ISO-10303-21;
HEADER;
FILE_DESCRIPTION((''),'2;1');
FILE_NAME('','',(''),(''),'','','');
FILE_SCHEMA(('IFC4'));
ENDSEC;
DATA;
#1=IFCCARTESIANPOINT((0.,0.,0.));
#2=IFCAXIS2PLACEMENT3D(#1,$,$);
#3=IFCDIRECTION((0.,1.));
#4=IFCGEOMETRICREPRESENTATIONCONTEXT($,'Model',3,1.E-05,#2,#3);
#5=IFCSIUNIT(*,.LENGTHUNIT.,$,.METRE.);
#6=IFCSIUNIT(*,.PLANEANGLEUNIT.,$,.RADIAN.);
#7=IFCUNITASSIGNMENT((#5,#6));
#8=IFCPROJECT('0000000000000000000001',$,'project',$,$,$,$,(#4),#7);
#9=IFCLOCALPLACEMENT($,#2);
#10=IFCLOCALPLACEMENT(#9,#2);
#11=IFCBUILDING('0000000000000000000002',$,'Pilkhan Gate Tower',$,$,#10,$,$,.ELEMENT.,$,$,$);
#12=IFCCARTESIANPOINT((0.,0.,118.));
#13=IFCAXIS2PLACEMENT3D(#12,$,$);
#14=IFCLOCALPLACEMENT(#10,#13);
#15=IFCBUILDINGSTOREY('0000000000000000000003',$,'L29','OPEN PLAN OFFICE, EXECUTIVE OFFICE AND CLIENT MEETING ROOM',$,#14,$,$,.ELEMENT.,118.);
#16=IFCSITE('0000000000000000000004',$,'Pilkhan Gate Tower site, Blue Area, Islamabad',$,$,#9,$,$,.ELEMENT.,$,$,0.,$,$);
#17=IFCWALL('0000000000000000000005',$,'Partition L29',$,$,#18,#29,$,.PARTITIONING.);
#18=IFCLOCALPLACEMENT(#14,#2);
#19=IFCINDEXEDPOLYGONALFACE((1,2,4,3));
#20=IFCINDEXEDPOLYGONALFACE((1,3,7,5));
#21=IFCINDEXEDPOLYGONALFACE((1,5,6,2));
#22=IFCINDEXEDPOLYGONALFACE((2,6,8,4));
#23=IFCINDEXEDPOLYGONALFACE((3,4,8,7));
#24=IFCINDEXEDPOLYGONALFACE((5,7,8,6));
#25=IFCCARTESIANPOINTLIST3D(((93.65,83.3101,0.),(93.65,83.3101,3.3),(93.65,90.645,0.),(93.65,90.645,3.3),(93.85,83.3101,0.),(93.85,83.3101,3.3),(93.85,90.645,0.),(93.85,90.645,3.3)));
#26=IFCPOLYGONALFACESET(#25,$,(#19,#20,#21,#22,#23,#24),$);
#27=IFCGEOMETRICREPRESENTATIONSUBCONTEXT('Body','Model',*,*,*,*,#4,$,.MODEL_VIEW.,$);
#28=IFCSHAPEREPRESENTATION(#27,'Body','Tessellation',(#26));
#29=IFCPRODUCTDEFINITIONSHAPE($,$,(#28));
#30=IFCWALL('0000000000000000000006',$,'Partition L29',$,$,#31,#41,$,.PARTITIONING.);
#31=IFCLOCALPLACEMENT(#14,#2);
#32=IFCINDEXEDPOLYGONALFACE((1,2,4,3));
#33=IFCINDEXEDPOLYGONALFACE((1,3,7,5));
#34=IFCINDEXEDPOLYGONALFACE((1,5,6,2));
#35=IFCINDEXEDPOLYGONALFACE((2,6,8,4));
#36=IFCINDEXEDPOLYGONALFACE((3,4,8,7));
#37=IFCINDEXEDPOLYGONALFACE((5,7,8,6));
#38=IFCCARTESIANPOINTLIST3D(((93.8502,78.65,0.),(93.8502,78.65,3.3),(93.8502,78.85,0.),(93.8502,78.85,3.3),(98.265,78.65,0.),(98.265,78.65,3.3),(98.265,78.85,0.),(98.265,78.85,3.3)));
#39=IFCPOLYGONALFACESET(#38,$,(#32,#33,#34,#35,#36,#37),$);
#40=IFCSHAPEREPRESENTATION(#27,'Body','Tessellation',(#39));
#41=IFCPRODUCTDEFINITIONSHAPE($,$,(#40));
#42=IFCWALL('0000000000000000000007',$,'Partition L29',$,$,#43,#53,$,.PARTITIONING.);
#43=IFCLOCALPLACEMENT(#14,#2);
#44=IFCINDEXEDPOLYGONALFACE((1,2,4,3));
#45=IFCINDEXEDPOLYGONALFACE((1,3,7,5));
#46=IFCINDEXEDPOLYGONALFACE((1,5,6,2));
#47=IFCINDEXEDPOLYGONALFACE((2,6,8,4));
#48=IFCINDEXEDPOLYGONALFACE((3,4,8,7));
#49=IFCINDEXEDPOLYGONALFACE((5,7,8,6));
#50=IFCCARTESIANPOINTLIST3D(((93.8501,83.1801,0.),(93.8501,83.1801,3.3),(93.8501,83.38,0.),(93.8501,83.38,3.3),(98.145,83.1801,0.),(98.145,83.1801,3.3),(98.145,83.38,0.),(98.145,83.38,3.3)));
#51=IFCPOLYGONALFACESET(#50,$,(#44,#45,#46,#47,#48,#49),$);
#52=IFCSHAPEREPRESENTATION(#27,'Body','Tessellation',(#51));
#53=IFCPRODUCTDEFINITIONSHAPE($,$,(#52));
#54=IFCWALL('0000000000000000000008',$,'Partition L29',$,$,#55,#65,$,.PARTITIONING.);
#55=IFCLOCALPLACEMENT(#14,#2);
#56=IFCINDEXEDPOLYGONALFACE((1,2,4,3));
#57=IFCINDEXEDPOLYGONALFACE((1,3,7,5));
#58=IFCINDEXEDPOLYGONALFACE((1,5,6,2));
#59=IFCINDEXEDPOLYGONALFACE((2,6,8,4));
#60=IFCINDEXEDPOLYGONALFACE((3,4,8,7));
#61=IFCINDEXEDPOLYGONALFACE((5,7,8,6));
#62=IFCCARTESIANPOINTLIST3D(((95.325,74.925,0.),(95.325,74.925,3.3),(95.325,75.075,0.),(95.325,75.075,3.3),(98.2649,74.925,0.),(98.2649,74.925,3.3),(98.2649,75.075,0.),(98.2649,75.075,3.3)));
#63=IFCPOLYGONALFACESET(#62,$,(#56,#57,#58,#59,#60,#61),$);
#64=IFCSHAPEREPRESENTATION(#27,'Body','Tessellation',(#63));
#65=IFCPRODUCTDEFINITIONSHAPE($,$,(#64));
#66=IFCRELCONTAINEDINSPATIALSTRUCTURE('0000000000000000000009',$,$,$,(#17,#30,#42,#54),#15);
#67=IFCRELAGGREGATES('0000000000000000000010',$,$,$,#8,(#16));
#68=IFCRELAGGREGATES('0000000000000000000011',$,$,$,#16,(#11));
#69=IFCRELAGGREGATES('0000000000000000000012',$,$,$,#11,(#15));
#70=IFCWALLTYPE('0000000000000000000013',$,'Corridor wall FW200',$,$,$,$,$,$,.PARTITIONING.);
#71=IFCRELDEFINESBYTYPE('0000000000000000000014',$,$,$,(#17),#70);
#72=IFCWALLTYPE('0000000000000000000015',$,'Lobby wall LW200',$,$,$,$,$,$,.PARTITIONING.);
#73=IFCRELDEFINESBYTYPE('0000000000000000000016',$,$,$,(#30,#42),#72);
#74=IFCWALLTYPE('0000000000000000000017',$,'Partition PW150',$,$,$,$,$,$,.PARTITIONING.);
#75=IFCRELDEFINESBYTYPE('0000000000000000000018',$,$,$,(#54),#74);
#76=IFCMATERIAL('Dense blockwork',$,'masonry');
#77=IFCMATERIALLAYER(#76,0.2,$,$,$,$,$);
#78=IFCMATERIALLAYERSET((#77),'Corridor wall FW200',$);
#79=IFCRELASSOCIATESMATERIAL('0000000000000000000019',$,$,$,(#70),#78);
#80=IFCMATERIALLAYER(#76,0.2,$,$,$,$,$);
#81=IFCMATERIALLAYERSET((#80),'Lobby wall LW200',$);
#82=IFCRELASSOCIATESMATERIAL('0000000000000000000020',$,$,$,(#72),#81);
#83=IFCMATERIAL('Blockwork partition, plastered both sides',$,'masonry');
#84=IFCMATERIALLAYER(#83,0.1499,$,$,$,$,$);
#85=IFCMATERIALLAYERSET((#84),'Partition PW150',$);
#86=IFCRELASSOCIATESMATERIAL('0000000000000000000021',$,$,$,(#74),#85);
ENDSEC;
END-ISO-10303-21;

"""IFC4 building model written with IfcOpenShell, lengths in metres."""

from ifc_helpers import new_model, si_unit, direction, frame, frame_2d, origin, place, context, subcontext, project, spatial, rectangle, extrude, material, layer, layer_set, type_object, element, save


model = new_model("IFC4")

# Units and contexts
model_context = context("Model", 3, precision=1e-05, world=origin(), true_north=direction((0.0, 1.0)))
body_context = subcontext(model_context, "Body", "Model", "MODEL_VIEW")
ifc_project = project(units=[si_unit("LENGTHUNIT", "METRE"), si_unit("PLANEANGLEUNIT", "RADIAN")], contexts=[model_context])

# Site, building, storey
site_placement = place(None, origin())
site = spatial("IfcSite", under=ifc_project, at=site_placement, Name="Pilkhan Gate Tower site, Blue Area, Islamabad", CompositionType="ELEMENT", RefElevation=0.0)
building_placement = place(site_placement, origin())
building = spatial("IfcBuilding", under=site, at=building_placement, Name="Pilkhan Gate Tower", CompositionType="ELEMENT")
storey_placement = place(building_placement, frame((0.0, 0.0, 118.0)))
storey = spatial("IfcBuildingStorey", under=building, at=storey_placement, Name="L29", Description="OPEN PLAN OFFICE, EXECUTIVE OFFICE AND CLIENT MEETING ROOM", CompositionType="ELEMENT", Elevation=118.0)

# Walls
ifc_material_1 = material(Name="Dense blockwork", Category="masonry")
ifc_layer_1 = layer(ifc_material_1, 0.2)
ifc_layer_set_1 = layer_set([ifc_layer_1], Name="Corridor wall FW200")
wall_type_1 = type_object("IfcWallType", Name="Corridor wall FW200", PredefinedType="PARTITIONING", material=ifc_layer_set_1)
wall_1_placement = place(storey_placement, frame((93.75, 83.3101, 0.0), z_axis=(0.0, 0.0, 1.0), x_axis=(0.0, 1.0, 0.0)))
element("IfcWall", 1, at=wall_1_placement, inside=storey, type_object=wall_type_1, Name="Partition L29", PredefinedType="PARTITIONING", context=body_context, shape_type="SweptSolid", body=[
    extrude(rectangle(XDim=7.335, YDim=0.2, at=frame_2d((3.6675, 0.0))), origin(), (0.0, 0.0, 1.0), 3.3),
])
ifc_layer_2 = layer(ifc_material_1, 0.2)
ifc_layer_set_2 = layer_set([ifc_layer_2], Name="Lobby wall LW200")
wall_type_2 = type_object("IfcWallType", Name="Lobby wall LW200", PredefinedType="PARTITIONING", material=ifc_layer_set_2)
wall_2_placement = place(storey_placement, frame((93.8501, 78.75, 0.0), z_axis=(0.0, 0.0, 1.0), x_axis=(1.0, 0.0, 0.0)))
element("IfcWall", 2, at=wall_2_placement, inside=storey, type_object=wall_type_2, Name="Partition L29", PredefinedType="PARTITIONING", context=body_context, shape_type="SweptSolid", body=[
    extrude(rectangle(XDim=4.4148, YDim=0.2, at=frame_2d((2.2075, 0.0))), origin(), (0.0, 0.0, 1.0), 3.3),
])
wall_3_placement = place(storey_placement, frame((93.8501, 83.28, 0.0), z_axis=(0.0, 0.0, 1.0), x_axis=(1.0, 0.0, 0.0)))
element("IfcWall", 3, at=wall_3_placement, inside=storey, type_object=wall_type_2, Name="Partition L29", PredefinedType="PARTITIONING", context=body_context, shape_type="SweptSolid", body=[
    extrude(rectangle(XDim=4.2949, YDim=0.2, at=frame_2d((2.1475, 0.0))), origin(), (0.0, 0.0, 1.0), 3.3),
])

# Wall
ifc_material_2 = material(Name="Blockwork partition, plastered both sides", Category="masonry")
ifc_layer_3 = layer(ifc_material_2, 0.1499)
ifc_layer_set_3 = layer_set([ifc_layer_3], Name="Partition PW150")
wall_type_3 = type_object("IfcWallType", Name="Partition PW150", PredefinedType="PARTITIONING", material=ifc_layer_set_3)
wall_4_placement = place(storey_placement, frame((95.325, 75.0, 0.0), z_axis=(0.0, 0.0, 1.0), x_axis=(1.0, 0.0, 0.0)))
element("IfcWall", 4, at=wall_4_placement, inside=storey, type_object=wall_type_3, Name="Partition L29", PredefinedType="PARTITIONING", context=body_context, shape_type="SweptSolid", body=[
    extrude(rectangle(XDim=2.9399, YDim=0.1499, at=frame_2d((1.47, 0.0))), origin(), (0.0, 0.0, 1.0), 3.3),
])

save(model, "model.ifc")
